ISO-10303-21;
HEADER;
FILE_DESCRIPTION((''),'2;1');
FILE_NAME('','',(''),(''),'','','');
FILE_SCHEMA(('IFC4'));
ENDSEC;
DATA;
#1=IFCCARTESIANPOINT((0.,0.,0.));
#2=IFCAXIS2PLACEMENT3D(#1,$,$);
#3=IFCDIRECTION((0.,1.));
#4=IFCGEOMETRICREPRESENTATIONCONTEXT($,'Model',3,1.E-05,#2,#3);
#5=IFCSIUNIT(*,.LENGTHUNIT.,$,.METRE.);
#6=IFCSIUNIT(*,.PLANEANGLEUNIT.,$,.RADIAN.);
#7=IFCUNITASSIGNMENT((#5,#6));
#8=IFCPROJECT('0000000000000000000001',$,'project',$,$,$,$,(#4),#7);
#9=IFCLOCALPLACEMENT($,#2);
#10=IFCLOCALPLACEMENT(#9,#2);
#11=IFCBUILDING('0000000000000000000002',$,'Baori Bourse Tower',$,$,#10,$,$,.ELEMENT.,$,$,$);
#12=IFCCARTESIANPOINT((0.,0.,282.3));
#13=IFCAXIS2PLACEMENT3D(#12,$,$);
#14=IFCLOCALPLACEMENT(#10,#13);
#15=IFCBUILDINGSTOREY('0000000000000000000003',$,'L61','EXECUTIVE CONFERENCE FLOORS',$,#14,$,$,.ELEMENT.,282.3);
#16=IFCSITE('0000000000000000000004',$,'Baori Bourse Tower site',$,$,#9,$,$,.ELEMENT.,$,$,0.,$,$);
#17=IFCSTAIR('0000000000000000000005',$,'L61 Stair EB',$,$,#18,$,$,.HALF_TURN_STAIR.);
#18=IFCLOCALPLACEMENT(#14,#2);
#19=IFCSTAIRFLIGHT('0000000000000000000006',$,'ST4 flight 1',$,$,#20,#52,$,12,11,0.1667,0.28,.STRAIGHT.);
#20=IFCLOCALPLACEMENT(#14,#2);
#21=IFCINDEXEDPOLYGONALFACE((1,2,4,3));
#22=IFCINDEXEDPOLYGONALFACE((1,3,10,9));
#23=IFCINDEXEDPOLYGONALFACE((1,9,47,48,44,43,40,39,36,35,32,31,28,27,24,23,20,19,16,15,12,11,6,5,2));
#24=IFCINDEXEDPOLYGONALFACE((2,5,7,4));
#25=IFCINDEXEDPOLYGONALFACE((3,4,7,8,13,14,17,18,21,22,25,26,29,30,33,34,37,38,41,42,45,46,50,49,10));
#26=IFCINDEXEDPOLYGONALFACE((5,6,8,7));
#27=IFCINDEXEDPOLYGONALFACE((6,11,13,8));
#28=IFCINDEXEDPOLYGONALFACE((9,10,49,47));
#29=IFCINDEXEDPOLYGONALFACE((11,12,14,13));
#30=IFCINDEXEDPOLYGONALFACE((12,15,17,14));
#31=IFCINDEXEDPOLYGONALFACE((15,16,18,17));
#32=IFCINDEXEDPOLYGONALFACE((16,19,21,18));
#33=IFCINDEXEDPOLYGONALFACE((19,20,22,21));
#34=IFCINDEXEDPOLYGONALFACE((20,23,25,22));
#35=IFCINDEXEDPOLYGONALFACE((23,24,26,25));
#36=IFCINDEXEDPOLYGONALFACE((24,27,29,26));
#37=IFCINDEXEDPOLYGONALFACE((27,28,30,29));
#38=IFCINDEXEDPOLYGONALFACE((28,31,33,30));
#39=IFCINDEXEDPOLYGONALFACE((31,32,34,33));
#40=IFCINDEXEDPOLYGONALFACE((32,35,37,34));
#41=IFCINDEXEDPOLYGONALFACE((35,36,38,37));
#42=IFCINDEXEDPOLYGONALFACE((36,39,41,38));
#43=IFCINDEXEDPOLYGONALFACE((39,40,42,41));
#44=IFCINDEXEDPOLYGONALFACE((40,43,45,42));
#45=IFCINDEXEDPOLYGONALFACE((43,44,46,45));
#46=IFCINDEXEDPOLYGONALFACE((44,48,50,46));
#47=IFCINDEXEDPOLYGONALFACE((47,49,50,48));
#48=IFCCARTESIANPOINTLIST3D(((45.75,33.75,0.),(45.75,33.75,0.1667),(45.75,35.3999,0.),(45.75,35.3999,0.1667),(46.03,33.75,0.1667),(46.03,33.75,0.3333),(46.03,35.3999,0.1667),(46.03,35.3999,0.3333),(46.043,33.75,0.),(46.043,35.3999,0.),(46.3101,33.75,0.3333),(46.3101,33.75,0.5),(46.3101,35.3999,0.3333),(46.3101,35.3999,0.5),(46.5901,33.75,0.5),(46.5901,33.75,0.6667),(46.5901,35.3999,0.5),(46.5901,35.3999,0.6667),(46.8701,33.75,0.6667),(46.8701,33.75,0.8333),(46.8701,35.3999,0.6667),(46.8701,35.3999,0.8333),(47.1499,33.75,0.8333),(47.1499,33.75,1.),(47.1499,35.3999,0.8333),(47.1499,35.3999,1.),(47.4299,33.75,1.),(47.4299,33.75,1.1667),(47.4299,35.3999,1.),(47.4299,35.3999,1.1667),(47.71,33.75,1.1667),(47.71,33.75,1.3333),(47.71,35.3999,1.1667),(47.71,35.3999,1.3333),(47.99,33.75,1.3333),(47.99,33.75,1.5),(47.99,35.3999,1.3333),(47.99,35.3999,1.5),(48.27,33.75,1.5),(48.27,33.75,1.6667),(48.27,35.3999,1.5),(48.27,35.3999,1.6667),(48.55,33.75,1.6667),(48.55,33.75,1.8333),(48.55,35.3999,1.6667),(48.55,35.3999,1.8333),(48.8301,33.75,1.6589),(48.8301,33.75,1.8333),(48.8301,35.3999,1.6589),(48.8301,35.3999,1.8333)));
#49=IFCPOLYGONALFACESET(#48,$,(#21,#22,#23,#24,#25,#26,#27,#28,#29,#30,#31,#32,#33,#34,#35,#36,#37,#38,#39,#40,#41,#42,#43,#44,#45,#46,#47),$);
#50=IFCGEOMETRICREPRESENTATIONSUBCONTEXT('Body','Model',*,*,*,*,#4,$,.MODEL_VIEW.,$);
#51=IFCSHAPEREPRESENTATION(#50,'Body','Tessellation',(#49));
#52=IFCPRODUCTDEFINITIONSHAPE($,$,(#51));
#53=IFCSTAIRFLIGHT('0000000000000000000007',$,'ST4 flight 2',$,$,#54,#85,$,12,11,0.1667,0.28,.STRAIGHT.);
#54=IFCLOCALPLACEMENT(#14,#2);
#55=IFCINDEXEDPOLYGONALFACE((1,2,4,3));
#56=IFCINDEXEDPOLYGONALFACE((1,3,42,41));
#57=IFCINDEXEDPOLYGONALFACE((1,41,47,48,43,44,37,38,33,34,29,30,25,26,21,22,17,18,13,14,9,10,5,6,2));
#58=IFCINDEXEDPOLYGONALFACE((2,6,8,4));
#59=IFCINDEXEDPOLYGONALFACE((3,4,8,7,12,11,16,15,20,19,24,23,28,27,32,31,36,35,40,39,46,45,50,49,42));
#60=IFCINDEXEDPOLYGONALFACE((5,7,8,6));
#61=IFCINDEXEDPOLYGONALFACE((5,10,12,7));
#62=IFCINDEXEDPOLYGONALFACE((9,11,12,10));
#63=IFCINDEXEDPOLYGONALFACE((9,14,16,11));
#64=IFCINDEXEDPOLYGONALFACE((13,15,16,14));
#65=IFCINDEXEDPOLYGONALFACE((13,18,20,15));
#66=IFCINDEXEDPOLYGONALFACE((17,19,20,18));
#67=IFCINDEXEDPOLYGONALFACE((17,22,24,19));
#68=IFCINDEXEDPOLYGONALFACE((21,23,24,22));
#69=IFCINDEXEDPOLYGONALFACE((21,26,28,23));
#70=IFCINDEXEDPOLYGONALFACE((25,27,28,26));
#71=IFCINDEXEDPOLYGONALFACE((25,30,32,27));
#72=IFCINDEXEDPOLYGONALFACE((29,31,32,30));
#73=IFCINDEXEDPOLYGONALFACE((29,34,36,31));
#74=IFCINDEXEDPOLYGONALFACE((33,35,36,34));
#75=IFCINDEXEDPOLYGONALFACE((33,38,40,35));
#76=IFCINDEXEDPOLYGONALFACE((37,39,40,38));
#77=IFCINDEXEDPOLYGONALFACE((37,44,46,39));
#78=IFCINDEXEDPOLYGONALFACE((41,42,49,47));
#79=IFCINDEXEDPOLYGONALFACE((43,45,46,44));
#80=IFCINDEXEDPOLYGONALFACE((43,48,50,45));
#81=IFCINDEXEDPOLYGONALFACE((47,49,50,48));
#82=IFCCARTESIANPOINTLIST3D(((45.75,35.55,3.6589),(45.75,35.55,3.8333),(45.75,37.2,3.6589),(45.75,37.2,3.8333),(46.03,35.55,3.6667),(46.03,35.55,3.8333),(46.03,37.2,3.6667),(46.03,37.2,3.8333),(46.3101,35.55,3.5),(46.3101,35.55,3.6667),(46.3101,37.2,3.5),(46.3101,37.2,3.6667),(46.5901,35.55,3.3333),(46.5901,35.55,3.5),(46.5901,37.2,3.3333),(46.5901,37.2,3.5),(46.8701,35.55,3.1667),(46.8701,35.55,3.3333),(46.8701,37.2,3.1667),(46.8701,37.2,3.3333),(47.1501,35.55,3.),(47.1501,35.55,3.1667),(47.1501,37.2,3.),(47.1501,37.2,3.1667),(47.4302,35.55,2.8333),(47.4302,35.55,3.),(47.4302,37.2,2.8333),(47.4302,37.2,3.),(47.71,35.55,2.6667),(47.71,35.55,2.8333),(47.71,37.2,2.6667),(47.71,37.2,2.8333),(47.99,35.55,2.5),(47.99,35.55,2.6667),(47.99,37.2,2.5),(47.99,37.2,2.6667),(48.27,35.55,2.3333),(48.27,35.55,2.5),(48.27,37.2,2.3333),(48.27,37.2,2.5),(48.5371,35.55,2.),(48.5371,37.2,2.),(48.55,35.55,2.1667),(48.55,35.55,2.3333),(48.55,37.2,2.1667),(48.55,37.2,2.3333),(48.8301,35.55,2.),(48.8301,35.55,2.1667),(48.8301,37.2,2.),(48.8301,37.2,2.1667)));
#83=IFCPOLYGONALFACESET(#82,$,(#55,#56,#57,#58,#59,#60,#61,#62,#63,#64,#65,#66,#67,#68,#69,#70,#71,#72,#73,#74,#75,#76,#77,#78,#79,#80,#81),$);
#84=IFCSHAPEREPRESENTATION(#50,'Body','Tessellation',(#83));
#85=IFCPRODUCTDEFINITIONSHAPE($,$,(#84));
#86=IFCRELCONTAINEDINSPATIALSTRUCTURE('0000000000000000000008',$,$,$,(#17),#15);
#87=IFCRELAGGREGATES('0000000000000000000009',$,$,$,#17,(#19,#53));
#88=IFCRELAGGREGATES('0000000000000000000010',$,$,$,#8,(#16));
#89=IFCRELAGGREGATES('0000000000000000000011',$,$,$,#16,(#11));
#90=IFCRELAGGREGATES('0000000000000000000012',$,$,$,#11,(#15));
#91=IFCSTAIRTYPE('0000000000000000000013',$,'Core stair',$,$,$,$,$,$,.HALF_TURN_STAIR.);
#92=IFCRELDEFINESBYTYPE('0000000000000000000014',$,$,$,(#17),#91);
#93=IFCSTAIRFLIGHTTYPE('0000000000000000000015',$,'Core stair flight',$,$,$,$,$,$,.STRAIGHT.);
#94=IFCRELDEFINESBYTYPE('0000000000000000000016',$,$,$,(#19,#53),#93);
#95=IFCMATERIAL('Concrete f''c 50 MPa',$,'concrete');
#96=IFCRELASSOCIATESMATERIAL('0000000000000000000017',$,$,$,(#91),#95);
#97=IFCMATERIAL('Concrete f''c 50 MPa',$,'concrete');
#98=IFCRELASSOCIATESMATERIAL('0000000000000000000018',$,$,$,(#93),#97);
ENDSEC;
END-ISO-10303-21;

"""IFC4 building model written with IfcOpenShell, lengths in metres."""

from ifc_helpers import new_model, si_unit, direction, frame, origin, place, context, subcontext, project, spatial, polyline, outline, extrude, material, type_object, element, aggregate, save


model = new_model("IFC4")

# Units and contexts
model_context = context("Model", 3, precision=1e-05, world=origin(), true_north=direction((0.0, 1.0)))
body_context = subcontext(model_context, "Body", "Model", "MODEL_VIEW")
ifc_project = project(units=[si_unit("LENGTHUNIT", "METRE"), si_unit("PLANEANGLEUNIT", "RADIAN")], contexts=[model_context])

# Site, building, storey
site_placement = place(None, origin())
site = spatial("IfcSite", under=ifc_project, at=site_placement, Name="Baori Bourse Tower site", CompositionType="ELEMENT", RefElevation=0.0)
building_placement = place(site_placement, origin())
building = spatial("IfcBuilding", under=site, at=building_placement, Name="Baori Bourse Tower", CompositionType="ELEMENT")
storey_placement = place(building_placement, frame((0.0, 0.0, 282.3)))
storey = spatial("IfcBuildingStorey", under=building, at=storey_placement, Name="L61", Description="EXECUTIVE CONFERENCE FLOORS", CompositionType="ELEMENT", Elevation=282.3)

# Stair, stair flights
ifc_material_1 = material(Name="Concrete f'c 50 MPa", Category="concrete")
stair_type = type_object("IfcStairType", Name="Core stair", PredefinedType="HALF_TURN_STAIR", material=ifc_material_1)
stair_placement = place(storey_placement, origin())
stair = element("IfcStair", 1, at=stair_placement, inside=storey, type_object=stair_type, Name="L61 Stair EB", PredefinedType="HALF_TURN_STAIR")
ifc_material_2 = material(Name="Concrete f'c 50 MPa", Category="concrete")
stair_flight_type = type_object("IfcStairFlightType", Name="Core stair flight", PredefinedType="STRAIGHT", material=ifc_material_2)
stair_flight_1_placement = place(storey_placement, frame((45.75, 34.575, 0.0), z_axis=(0.0, 0.0, 1.0), x_axis=(1.0, 0.0, 0.0)))
stair_flight_1 = element("IfcStairFlight", 2, at=stair_flight_1_placement, type_object=stair_flight_type, Name="ST4 flight 1", NumberOfRisers=12, NumberOfTreads=11, PredefinedType="STRAIGHT", RiserHeight=0.1667, TreadLength=0.28, context=body_context, shape_type="SweptSolid", body=[
    extrude(outline(polyline([(0.0, 0.0), (0.0, 0.1667), (0.28, 0.1667), (0.28, 0.3333), (0.5601, 0.3333), (0.5601, 0.5), (0.8401, 0.5), (0.8401, 0.6667), (1.1201, 0.6667), (1.1201, 0.8333), (1.3999, 0.8333), (1.3999, 1.0), (1.6799, 1.0), (1.6799, 1.1667), (1.96, 1.1667), (1.96, 1.3333), (2.24, 1.3333), (2.24, 1.5), (2.52, 1.5), (2.52, 1.6667), (2.8, 1.6667), (2.8, 1.8333), (3.0801, 1.8333), (3.0801, 2.0), (3.0801, 1.6589), (0.293, 0.0), (0.0, 0.0)])), frame((0.0, 0.825, 0.0), z_axis=(0.0, -1.0, 0.0), x_axis=(1.0, 0.0, 0.0)), (0.0, 0.0, 1.0), 1.6499),
])
stair_flight_2_placement = place(storey_placement, frame((48.8301, 36.375, 2.0), z_axis=(0.0, 0.0, 1.0), x_axis=(-1.0, 0.0, 0.0)))
stair_flight_2 = element("IfcStairFlight", 3, at=stair_flight_2_placement, type_object=stair_flight_type, Name="ST4 flight 2", NumberOfRisers=12, NumberOfTreads=11, PredefinedType="STRAIGHT", RiserHeight=0.1667, TreadLength=0.28, context=body_context, shape_type="SweptSolid", body=[
    extrude(outline(polyline([(0.0, 0.0), (0.0, 0.1667), (0.28, 0.1667), (0.28, 0.3333), (0.5601, 0.3333), (0.5601, 0.5), (0.8401, 0.5), (0.8401, 0.6667), (1.1201, 0.6667), (1.1201, 0.8333), (1.3999, 0.8333), (1.3999, 1.0), (1.6799, 1.0), (1.6799, 1.1667), (1.96, 1.1667), (1.96, 1.3333), (2.24, 1.3333), (2.24, 1.5), (2.52, 1.5), (2.52, 1.6667), (2.8, 1.6667), (2.8, 1.8333), (3.0801, 1.8333), (3.0801, 2.0), (3.0801, 1.6589), (0.293, 0.0), (0.0, 0.0)])), frame((0.0, 0.825, 0.0), z_axis=(0.0, -1.0, 0.0), x_axis=(1.0, 0.0, 0.0)), (0.0, 0.0, 1.0), 1.6499),
])
aggregate(stair, [stair_flight_1, stair_flight_2])

save(model, "model.ifc")
